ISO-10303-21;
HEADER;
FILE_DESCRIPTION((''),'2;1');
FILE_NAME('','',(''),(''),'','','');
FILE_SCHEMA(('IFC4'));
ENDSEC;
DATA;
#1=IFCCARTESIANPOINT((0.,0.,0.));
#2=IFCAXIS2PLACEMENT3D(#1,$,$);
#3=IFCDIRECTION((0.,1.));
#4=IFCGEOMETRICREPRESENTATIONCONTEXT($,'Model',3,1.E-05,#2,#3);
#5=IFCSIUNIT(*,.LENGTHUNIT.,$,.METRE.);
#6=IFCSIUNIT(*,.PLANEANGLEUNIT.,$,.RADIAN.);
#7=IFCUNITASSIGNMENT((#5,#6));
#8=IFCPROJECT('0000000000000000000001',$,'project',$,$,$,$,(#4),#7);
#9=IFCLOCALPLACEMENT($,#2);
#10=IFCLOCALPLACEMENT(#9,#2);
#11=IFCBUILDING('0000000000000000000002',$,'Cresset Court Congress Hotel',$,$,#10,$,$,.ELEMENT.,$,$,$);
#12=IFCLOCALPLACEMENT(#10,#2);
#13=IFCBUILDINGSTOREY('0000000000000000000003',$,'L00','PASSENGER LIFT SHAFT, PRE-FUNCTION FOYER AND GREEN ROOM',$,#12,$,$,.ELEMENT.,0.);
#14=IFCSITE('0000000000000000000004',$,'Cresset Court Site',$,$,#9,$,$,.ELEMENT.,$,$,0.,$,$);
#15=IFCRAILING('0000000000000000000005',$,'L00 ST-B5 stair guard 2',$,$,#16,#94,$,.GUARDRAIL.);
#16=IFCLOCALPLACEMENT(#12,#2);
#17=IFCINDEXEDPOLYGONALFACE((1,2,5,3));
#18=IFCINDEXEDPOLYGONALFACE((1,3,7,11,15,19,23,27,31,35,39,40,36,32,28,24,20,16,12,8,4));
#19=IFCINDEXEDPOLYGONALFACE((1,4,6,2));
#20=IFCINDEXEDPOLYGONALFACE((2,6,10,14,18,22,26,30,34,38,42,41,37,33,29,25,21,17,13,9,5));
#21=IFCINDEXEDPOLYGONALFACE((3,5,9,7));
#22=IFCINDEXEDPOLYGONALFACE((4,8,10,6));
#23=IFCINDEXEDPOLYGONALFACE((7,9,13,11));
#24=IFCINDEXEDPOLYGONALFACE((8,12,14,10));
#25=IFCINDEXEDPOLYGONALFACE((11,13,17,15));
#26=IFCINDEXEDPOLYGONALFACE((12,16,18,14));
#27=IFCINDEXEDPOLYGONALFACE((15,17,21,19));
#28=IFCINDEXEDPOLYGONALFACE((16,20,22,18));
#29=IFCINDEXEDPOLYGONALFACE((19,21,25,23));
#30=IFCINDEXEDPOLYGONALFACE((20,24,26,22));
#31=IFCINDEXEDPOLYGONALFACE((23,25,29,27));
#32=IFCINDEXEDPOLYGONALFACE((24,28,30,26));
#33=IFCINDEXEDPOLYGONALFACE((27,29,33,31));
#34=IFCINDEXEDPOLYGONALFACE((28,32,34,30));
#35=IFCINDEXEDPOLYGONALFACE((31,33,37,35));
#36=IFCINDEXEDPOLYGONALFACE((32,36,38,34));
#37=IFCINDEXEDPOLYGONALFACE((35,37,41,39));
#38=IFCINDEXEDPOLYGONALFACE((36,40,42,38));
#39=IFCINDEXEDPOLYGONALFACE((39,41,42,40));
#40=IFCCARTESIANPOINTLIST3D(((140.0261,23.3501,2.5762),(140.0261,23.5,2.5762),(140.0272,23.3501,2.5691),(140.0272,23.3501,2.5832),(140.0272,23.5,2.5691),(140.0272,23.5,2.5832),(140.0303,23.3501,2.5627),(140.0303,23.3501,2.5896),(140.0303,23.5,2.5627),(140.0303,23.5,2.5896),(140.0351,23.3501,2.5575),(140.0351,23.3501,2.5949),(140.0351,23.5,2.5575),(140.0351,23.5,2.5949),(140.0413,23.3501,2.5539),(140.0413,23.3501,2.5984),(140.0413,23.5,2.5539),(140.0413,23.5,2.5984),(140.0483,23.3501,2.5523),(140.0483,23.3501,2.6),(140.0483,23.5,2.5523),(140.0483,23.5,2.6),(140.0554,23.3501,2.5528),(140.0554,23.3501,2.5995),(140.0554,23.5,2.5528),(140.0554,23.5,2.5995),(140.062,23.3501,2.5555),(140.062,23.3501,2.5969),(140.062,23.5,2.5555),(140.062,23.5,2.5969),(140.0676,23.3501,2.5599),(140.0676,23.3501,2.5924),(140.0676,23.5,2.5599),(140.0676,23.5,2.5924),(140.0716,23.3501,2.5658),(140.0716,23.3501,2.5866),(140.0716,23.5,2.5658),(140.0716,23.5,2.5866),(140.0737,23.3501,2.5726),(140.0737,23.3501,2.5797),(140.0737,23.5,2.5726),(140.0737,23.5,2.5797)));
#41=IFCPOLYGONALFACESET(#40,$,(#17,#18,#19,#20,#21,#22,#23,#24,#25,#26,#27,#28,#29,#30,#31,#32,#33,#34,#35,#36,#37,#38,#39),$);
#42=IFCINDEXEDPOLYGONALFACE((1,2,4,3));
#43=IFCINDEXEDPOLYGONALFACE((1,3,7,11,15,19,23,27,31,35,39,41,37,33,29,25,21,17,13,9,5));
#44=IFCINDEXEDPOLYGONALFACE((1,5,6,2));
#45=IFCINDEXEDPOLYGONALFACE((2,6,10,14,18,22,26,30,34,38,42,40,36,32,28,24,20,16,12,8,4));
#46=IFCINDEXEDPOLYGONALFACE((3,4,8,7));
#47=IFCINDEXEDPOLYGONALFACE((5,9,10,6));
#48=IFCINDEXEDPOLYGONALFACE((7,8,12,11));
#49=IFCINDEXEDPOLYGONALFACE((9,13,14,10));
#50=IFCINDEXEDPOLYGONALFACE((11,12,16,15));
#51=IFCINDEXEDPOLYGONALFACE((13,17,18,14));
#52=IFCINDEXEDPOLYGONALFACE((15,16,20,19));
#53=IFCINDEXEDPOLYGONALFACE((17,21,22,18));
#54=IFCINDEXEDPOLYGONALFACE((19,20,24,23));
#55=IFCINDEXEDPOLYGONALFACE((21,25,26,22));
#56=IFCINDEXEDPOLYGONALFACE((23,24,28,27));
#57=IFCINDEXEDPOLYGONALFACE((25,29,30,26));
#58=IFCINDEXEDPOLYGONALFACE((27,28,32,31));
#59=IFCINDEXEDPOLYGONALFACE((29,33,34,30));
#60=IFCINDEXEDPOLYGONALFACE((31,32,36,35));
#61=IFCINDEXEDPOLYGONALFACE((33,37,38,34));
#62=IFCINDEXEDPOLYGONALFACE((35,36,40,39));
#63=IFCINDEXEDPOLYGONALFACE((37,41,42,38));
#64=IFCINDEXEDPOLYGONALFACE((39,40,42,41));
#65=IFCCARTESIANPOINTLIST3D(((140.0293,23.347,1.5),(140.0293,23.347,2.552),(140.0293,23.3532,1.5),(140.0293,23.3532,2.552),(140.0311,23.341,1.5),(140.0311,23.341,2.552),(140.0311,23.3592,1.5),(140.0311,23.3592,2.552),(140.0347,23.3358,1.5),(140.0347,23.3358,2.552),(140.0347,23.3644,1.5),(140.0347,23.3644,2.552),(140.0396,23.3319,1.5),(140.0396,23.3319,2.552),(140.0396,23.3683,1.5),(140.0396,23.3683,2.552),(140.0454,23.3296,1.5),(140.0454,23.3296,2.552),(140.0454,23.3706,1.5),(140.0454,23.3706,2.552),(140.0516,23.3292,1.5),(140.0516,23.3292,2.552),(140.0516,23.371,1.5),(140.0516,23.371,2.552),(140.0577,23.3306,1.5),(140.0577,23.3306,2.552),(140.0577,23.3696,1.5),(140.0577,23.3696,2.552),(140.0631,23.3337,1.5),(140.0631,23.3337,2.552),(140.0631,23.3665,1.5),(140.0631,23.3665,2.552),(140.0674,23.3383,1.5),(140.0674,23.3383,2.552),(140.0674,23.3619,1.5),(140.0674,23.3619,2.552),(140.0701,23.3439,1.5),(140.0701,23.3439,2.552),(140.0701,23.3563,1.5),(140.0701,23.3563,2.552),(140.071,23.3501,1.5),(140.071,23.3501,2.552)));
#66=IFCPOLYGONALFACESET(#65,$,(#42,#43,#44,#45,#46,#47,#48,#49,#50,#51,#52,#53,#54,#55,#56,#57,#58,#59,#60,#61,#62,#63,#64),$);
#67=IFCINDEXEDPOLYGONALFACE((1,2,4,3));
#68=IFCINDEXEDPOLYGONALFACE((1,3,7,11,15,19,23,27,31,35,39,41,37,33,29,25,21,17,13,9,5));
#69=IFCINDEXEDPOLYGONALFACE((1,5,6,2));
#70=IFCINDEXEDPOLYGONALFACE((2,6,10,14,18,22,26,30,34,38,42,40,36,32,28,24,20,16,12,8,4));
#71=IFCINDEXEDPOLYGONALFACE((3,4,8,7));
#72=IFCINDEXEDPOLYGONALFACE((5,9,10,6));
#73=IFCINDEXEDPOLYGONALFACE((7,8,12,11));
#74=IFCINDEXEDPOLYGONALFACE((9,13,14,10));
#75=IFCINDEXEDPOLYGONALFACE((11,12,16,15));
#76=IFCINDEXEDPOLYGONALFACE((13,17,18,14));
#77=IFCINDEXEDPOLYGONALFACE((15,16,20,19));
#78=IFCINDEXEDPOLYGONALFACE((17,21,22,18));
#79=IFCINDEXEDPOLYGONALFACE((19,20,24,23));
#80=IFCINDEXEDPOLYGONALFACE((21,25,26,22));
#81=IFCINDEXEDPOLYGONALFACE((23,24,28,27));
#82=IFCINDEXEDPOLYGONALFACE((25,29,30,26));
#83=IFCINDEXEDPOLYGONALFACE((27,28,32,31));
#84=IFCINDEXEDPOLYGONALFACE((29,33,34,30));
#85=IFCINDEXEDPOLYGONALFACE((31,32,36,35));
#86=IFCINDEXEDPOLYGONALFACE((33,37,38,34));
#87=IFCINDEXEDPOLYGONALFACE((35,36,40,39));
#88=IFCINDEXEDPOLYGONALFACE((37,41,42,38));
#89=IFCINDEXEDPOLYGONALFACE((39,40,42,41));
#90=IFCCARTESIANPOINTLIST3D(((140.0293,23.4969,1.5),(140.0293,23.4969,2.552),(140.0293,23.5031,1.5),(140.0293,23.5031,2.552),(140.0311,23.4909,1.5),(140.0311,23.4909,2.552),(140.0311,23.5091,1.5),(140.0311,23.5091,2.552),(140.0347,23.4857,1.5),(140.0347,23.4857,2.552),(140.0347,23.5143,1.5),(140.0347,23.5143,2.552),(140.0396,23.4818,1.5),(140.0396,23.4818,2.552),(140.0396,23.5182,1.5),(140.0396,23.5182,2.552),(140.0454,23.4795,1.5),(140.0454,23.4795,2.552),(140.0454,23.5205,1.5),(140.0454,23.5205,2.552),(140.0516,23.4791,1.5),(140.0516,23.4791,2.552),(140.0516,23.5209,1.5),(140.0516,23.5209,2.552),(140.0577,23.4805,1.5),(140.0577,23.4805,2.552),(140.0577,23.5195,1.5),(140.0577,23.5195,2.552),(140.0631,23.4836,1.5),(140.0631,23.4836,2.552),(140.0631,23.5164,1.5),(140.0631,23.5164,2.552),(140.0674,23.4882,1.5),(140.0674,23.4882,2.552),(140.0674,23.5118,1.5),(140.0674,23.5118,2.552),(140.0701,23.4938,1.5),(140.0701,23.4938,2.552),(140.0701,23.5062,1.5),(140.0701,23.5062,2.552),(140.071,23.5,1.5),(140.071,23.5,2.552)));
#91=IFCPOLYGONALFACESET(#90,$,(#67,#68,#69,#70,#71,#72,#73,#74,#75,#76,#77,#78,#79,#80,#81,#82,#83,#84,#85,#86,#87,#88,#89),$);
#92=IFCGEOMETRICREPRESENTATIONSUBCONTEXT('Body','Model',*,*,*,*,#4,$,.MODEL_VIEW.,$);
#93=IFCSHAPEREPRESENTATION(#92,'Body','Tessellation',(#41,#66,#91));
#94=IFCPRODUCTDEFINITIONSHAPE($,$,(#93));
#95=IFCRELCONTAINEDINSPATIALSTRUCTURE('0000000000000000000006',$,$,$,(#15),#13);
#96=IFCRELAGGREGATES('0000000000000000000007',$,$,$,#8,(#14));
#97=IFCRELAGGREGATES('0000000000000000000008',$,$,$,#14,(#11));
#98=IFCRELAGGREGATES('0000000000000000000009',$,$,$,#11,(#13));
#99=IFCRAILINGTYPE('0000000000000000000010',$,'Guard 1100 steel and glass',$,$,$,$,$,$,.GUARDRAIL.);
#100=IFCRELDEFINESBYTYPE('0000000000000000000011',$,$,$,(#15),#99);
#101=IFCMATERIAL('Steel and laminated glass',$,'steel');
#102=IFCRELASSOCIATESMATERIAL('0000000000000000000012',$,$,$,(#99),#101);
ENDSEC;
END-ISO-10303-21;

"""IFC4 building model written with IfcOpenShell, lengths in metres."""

from ifc_helpers import new_model, si_unit, direction, frame, origin, origin_2d, place, context, subcontext, project, spatial, circle, extrude, material, type_object, element, save


model = new_model("IFC4")

# Units and contexts
model_context = context("Model", 3, precision=1e-05, world=origin(), true_north=direction((0.0, 1.0)))
body_context = subcontext(model_context, "Body", "Model", "MODEL_VIEW")
ifc_project = project(units=[si_unit("LENGTHUNIT", "METRE"), si_unit("PLANEANGLEUNIT", "RADIAN")], contexts=[model_context])

# Site, building, storey
site_placement = place(None, origin())
site = spatial("IfcSite", under=ifc_project, at=site_placement, Name="Cresset Court Site", CompositionType="ELEMENT", RefElevation=0.0)
building_placement = place(site_placement, origin())
building = spatial("IfcBuilding", under=site, at=building_placement, Name="Cresset Court Congress Hotel", CompositionType="ELEMENT")
storey_placement = place(building_placement, origin())
storey = spatial("IfcBuildingStorey", under=building, at=storey_placement, Name="L00", Description="PASSENGER LIFT SHAFT, PRE-FUNCTION FOYER AND GREEN ROOM", CompositionType="ELEMENT", Elevation=0.0)

# Railing
ifc_material_1 = material(Name="Steel and laminated glass", Category="steel")
railing_type_1 = type_object("IfcRailingType", Name="Guard 1100 steel and glass", PredefinedType="GUARDRAIL", material=ifc_material_1)
railing_1_placement = place(storey_placement, frame((140.05, 23.3501, 1.5)))
element("IfcRailing", 1, at=railing_1_placement, inside=storey, type_object=railing_type_1, Name="L00 ST-B5 stair guard 2", PredefinedType="GUARDRAIL", context=body_context, shape_type="SweptSolid", body=[
    extrude(circle(Radius=0.0239, at=origin_2d()), frame((0.0, 0.0, 1.0762), z_axis=(0.0, 1.0, 0.0), x_axis=(-1.0, 0.0, 0.0)), (0.0, 0.0, 1.0), 0.1499),
    extrude(circle(Radius=0.021, at=origin_2d()), origin(), (0.0, 0.0, 1.0), 1.052),
    extrude(circle(Radius=0.021, at=origin_2d()), frame((0.0, 0.1499, 0.0)), (0.0, 0.0, 1.0), 1.052),
])

save(model, "model.ifc")
